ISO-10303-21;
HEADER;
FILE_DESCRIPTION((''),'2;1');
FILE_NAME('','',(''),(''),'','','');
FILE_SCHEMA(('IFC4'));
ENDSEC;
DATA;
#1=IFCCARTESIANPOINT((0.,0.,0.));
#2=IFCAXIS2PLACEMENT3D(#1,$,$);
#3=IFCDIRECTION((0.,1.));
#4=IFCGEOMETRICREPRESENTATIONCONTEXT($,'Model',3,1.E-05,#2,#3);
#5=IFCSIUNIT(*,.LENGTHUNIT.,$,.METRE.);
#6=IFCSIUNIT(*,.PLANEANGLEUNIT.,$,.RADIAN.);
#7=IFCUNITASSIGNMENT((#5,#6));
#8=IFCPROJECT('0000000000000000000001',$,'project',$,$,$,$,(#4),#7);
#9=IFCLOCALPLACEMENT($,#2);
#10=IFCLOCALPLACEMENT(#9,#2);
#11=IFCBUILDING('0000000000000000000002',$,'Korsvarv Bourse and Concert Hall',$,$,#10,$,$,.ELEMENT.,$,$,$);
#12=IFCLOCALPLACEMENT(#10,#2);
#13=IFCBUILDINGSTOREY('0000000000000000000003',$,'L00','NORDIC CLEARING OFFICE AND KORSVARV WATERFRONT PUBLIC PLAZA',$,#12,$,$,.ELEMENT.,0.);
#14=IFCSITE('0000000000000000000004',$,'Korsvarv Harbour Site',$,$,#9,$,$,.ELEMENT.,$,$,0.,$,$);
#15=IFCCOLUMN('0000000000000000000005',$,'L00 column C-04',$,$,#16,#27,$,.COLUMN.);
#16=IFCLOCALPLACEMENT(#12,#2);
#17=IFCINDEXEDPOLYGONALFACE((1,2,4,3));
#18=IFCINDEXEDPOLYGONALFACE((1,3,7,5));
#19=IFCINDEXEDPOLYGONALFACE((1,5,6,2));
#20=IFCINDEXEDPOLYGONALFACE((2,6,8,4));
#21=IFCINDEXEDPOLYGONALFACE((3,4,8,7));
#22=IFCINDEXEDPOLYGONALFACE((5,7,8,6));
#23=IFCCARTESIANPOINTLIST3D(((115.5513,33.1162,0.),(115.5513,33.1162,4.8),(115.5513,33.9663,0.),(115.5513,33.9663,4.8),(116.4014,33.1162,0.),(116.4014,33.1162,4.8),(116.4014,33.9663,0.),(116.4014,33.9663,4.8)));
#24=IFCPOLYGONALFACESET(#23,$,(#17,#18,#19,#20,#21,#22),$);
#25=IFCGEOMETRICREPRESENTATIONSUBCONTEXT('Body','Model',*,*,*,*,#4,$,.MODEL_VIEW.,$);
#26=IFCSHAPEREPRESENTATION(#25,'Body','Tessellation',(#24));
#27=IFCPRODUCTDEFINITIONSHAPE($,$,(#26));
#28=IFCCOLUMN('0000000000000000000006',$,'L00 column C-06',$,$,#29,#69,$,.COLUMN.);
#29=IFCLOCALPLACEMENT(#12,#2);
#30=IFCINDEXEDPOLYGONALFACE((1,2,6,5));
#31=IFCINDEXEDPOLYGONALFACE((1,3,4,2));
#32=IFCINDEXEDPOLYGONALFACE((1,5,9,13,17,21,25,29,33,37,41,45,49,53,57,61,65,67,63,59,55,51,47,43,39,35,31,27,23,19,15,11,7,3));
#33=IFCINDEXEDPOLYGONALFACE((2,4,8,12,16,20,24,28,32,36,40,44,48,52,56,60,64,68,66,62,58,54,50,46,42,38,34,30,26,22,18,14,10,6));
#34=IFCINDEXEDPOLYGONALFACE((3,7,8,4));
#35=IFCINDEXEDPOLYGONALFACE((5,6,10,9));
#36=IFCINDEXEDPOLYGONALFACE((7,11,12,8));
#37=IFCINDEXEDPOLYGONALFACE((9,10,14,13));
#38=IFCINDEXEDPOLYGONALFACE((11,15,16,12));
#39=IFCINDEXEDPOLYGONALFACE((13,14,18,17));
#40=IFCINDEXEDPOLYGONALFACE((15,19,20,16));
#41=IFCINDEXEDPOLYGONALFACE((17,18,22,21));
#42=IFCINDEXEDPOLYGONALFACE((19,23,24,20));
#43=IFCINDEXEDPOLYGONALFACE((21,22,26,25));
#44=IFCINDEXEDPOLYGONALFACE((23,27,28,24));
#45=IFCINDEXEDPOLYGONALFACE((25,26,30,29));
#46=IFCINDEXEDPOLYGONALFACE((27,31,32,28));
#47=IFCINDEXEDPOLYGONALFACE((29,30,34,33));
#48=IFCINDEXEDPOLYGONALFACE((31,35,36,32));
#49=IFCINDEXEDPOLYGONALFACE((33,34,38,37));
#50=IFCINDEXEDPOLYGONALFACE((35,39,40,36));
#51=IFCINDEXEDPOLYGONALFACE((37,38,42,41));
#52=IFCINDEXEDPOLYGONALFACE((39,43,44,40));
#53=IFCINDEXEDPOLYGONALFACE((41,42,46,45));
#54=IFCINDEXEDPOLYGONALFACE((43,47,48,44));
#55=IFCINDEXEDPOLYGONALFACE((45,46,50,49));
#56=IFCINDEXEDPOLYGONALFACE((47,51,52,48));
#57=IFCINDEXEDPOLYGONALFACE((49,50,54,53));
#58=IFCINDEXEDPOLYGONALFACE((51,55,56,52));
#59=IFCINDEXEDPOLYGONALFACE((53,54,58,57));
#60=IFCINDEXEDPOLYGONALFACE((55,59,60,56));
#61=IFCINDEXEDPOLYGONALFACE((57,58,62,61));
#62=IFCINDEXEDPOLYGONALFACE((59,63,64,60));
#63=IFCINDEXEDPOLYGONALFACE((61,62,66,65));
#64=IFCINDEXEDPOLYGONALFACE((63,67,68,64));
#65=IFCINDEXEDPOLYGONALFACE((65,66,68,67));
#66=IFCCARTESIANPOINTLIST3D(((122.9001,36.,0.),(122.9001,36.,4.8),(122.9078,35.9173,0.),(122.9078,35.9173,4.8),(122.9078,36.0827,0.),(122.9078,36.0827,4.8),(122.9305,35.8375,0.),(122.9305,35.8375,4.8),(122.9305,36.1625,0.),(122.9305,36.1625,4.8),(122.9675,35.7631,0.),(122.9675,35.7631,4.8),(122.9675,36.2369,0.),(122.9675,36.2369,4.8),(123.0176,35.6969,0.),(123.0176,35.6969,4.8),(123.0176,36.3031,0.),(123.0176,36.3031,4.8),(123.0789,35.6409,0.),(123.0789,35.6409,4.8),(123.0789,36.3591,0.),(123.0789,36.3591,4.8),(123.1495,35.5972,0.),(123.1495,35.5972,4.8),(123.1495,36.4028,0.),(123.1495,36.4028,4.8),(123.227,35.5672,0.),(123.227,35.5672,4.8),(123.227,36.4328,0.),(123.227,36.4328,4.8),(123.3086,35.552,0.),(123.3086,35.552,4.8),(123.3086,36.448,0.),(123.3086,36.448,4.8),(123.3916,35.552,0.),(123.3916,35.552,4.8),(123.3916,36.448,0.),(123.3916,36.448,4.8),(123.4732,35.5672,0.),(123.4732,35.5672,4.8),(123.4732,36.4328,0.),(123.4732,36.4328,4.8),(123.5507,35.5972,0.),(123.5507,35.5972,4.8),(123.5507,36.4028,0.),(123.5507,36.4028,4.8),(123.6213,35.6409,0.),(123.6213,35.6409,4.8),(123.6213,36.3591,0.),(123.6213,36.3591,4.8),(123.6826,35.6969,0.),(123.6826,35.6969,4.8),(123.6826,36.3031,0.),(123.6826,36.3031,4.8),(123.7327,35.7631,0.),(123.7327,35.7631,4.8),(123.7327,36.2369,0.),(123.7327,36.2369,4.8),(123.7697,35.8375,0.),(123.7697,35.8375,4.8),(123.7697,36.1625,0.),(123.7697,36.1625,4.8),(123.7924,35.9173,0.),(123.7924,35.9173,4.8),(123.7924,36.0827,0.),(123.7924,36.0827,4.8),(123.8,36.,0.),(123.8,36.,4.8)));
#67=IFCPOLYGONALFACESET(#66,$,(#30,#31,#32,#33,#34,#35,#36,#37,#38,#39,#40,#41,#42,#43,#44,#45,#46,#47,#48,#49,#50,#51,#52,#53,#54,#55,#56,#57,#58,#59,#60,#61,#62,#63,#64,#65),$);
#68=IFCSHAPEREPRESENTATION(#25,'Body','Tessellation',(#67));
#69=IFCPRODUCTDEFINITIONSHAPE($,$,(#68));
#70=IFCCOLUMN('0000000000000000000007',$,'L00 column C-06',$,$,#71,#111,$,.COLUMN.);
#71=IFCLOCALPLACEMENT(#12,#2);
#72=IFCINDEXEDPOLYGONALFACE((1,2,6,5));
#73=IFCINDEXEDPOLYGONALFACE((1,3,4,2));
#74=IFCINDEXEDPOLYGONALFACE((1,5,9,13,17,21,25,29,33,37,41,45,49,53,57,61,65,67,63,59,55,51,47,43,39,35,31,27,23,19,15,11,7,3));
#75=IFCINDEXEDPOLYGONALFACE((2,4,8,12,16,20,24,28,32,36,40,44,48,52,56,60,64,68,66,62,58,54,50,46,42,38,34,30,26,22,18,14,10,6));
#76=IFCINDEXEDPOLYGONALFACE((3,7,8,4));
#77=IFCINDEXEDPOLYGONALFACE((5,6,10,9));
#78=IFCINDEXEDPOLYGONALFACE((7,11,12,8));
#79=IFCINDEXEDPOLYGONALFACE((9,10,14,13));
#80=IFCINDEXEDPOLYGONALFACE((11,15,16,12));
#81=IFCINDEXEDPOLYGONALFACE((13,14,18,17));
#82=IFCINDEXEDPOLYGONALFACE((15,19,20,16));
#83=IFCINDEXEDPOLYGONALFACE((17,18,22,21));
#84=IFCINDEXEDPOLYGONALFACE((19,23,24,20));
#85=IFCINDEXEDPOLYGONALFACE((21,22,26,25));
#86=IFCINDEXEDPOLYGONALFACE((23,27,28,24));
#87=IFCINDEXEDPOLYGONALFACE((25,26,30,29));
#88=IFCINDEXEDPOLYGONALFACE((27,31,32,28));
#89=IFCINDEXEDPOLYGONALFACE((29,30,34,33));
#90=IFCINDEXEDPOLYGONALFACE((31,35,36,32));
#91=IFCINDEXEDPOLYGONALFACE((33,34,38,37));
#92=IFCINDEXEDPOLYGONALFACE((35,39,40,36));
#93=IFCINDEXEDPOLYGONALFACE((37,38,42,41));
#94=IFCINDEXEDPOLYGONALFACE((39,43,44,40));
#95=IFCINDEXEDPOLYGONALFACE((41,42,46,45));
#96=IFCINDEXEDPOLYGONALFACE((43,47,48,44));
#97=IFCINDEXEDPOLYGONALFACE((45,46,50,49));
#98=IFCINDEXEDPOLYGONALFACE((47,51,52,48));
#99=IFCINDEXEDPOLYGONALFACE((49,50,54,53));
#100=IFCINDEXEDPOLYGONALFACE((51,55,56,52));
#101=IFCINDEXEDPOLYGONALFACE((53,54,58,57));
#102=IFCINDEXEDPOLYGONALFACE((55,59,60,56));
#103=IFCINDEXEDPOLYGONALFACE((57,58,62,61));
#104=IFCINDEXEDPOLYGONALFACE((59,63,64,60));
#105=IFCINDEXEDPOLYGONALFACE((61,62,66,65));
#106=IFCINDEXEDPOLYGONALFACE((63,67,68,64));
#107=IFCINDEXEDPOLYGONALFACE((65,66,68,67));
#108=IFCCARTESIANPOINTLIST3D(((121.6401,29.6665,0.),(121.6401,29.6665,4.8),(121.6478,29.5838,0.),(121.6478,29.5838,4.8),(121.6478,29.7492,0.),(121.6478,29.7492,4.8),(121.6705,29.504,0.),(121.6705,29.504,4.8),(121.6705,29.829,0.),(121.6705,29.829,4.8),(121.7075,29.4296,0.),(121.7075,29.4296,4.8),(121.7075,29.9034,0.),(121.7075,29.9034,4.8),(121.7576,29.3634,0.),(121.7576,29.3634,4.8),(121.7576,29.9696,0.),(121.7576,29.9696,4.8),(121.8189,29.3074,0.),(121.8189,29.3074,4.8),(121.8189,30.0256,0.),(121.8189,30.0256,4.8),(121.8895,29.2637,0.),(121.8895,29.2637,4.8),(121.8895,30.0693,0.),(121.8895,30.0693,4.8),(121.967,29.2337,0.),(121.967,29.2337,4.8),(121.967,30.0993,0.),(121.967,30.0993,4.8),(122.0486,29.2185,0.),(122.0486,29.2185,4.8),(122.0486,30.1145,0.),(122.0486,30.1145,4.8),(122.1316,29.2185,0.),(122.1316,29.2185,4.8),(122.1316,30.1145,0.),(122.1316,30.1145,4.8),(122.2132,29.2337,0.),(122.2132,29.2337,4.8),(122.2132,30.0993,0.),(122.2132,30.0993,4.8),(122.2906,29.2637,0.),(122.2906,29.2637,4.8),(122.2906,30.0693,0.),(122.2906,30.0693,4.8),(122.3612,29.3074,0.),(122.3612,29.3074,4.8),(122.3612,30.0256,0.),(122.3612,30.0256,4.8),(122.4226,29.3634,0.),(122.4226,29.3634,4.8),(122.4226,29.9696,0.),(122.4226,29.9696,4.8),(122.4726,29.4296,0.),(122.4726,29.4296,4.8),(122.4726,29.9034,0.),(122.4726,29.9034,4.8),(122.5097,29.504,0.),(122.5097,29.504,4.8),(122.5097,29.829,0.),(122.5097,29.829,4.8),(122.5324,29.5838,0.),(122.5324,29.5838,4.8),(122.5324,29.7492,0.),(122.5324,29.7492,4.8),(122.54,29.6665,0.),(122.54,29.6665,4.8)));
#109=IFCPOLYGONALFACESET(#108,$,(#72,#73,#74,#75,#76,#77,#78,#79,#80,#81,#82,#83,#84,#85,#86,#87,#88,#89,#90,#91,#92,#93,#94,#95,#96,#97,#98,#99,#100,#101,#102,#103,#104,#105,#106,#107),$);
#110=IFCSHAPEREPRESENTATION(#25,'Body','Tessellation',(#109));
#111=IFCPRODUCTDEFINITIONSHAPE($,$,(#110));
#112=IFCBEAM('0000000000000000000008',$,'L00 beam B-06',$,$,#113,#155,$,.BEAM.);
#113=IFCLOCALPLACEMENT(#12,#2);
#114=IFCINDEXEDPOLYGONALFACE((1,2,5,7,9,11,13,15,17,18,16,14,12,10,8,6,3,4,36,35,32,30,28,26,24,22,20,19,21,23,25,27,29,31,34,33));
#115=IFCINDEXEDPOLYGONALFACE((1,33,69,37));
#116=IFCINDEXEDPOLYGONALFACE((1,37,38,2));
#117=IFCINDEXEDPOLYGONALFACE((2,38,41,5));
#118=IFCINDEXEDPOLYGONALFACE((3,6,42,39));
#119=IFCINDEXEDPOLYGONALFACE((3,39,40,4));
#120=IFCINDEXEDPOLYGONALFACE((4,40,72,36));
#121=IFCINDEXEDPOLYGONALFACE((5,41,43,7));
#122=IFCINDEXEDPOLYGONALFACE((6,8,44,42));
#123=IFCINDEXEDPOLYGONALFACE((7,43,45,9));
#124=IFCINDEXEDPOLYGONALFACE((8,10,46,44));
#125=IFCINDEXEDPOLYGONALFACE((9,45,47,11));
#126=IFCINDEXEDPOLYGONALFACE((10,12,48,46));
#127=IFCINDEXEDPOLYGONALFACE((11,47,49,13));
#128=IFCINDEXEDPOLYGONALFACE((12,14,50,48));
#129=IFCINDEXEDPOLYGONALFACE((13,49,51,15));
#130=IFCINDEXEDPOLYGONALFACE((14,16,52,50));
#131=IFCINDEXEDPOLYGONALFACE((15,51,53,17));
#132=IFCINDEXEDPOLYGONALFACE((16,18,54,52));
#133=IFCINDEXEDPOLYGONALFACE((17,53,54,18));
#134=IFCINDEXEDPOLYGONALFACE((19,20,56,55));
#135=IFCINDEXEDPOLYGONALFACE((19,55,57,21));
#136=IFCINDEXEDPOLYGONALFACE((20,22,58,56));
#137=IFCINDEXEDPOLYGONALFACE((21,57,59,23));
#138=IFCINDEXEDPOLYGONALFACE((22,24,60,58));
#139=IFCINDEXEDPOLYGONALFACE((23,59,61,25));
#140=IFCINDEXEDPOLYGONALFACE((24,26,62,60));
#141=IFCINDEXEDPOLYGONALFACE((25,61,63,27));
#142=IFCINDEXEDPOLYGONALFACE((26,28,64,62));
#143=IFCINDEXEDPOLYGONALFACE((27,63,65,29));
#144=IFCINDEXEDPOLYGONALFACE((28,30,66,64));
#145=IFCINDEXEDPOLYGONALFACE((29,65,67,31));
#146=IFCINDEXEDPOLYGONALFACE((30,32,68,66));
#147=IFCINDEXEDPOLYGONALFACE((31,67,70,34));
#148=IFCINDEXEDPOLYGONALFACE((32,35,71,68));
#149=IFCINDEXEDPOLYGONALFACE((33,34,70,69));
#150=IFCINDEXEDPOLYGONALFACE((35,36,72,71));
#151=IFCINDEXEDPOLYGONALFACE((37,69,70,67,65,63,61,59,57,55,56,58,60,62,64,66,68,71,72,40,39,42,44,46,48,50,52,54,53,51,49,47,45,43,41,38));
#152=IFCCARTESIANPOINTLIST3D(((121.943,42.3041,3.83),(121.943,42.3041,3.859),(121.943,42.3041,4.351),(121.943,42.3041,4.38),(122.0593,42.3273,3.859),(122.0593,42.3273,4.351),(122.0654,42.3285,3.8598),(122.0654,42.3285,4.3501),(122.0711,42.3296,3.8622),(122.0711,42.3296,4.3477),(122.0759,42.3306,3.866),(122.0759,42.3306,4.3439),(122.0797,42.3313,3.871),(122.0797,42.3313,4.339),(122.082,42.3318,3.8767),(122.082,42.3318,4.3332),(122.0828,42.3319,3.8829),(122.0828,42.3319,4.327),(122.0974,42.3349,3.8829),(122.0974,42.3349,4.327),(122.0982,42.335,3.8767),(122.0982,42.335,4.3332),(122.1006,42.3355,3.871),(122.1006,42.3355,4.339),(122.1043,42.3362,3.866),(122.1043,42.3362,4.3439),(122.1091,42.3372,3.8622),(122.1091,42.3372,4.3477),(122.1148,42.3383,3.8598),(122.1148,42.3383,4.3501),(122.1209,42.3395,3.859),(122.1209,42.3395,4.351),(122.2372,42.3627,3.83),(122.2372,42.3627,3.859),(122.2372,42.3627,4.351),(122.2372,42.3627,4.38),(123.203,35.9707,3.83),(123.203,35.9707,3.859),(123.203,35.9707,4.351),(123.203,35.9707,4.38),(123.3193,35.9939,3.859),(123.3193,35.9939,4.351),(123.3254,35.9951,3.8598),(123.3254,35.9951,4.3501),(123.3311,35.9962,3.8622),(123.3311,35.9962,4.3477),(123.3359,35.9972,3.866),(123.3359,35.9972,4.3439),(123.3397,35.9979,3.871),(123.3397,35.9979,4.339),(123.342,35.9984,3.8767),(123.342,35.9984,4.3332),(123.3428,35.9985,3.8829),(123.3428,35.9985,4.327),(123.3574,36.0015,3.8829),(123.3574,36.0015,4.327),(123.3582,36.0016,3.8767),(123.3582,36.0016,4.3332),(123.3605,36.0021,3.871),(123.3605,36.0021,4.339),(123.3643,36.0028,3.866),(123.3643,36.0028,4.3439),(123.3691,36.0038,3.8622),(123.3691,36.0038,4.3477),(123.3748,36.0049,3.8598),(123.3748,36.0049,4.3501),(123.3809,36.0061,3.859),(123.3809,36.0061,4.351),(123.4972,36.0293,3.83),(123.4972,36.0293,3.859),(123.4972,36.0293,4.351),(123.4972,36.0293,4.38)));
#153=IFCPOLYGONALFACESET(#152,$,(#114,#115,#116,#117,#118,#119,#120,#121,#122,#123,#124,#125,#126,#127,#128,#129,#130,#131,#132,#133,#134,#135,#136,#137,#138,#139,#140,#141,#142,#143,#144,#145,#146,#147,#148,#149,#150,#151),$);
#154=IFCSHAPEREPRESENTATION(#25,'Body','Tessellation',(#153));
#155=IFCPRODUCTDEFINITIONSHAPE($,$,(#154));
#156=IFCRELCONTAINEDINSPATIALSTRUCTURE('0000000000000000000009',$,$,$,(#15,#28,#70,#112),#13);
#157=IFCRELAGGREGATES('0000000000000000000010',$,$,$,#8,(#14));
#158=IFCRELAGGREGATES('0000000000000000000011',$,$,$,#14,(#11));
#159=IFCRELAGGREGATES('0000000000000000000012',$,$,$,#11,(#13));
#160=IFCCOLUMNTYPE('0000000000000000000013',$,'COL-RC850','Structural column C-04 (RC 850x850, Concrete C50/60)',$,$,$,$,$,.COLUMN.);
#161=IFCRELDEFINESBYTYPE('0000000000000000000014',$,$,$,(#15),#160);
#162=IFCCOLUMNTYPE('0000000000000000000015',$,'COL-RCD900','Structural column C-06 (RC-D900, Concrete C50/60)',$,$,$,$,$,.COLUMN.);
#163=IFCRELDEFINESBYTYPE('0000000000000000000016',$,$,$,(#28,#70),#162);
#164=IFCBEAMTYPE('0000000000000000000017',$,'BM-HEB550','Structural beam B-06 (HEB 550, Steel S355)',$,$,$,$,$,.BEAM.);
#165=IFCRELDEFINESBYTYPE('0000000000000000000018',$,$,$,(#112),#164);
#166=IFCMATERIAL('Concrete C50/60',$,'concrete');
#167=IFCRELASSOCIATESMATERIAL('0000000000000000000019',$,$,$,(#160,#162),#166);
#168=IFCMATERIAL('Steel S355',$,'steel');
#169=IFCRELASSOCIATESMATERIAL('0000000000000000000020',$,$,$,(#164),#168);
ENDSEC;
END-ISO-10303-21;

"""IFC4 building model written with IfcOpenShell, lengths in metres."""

from ifc_helpers import new_model, si_unit, direction, frame, origin, origin_2d, place, context, subcontext, project, spatial, rectangle, circle, i_section, extrude, source, transform, mapped, material, material_profile, profile_set, type_object, element, save


model = new_model("IFC4")

# Units and contexts
model_context = context("Model", 3, precision=1e-05, world=origin(), true_north=direction((0.0, 1.0)))
body_context = subcontext(model_context, "Body", "Model", "MODEL_VIEW")
ifc_project = project(units=[si_unit("LENGTHUNIT", "METRE"), si_unit("PLANEANGLEUNIT", "RADIAN")], contexts=[model_context])

# Site, building, storey
site_placement = place(None, origin())
site = spatial("IfcSite", under=ifc_project, at=site_placement, Name="Korsvarv Harbour Site", CompositionType="ELEMENT", RefElevation=0.0)
building_placement = place(site_placement, origin())
building = spatial("IfcBuilding", under=site, at=building_placement, Name="Korsvarv Bourse and Concert Hall", CompositionType="ELEMENT")
storey_placement = place(building_placement, origin())
storey = spatial("IfcBuildingStorey", under=building, at=storey_placement, Name="L00", Description="NORDIC CLEARING OFFICE AND KORSVARV WATERFRONT PUBLIC PLAZA", CompositionType="ELEMENT", Elevation=0.0)

# Columns
ifc_material_1 = material(Name="Concrete C50/60", Category="concrete")
ifc_material_profile_1 = material_profile(ifc_material_1, rectangle(XDim=0.8501, YDim=0.8501, at=origin_2d()), Name="RC 850x850")
ifc_profile_set_1 = profile_set([ifc_material_profile_1], Name="Concrete C50/60")
column_type_1 = type_object("IfcColumnType", Name="COL-RC850", Description="Structural column C-04 (RC 850x850, Concrete C50/60)", PredefinedType="COLUMN", material=ifc_profile_set_1)
shared_shape_1 = source(origin(), body_context, "Body", "SweptSolid", [
    extrude(rectangle(XDim=0.8501, YDim=0.8501, at=origin_2d()), origin(), (0.0, 0.0, 1.0), 4.8),
])
column_placement = place(storey_placement, frame((115.9763, 33.5413, 0.0), z_axis=(0.0, 0.0, 1.0), x_axis=(1.0, 0.0, 0.0)))
element("IfcColumn", 1, at=column_placement, inside=storey, type_object=column_type_1, Name="L00 column C-04", PredefinedType="COLUMN", context=body_context, shape_type="MappedRepresentation", body=[
    mapped(shared_shape_1, transform((0.0, 0.0, 0.0), scale=1.0)),
])
ifc_material_profile_2 = material_profile(ifc_material_1, circle(Radius=0.45, at=origin_2d()), Name="RC-D900")
ifc_profile_set_2 = profile_set([ifc_material_profile_2], Name="Concrete C50/60")
column_type_2 = type_object("IfcColumnType", Name="COL-RCD900", Description="Structural column C-06 (RC-D900, Concrete C50/60)", PredefinedType="COLUMN", material=ifc_profile_set_2)
shared_shape_2 = source(origin(), body_context, "Body", "SweptSolid", [
    extrude(circle(Radius=0.45, at=origin_2d()), origin(), (0.0, 0.0, 1.0), 4.8),
])
for number, where, z_axis, x_axis, name in (
    (2, (123.3501, 36.0, 0.0), (0.0, 0.0, 1.0), (1.0, 0.0, 0.0), "L00 column C-06"),
    (3, (122.0901, 29.6665, 0.0), (0.0, 0.0, 1.0), (1.0, 0.0, 0.0), "L00 column C-06"),
):
    element("IfcColumn", number, at=place(storey_placement, frame(where, z_axis=z_axis, x_axis=x_axis)), inside=storey, type_object=column_type_2, Name=name, PredefinedType="COLUMN", context=body_context, shape_type="MappedRepresentation", body=[
        mapped(shared_shape_2, transform((0.0, 0.0, 0.0), scale=1.0)),
    ])

# Beam
ifc_material_2 = material(Name="Steel S355", Category="steel")
ifc_material_profile_3 = material_profile(ifc_material_2, i_section(OverallWidth=0.3, OverallDepth=0.55, WebThickness=0.0149, FlangeThickness=0.0291, FilletRadius=0.0239, at=origin_2d()), Name="HEB 550")
ifc_profile_set_3 = profile_set([ifc_material_profile_3], Name="Steel S355")
beam_type_1 = type_object("IfcBeamType", Name="BM-HEB550", Description="Structural beam B-06 (HEB 550, Steel S355)", PredefinedType="BEAM", material=ifc_profile_set_3)
shared_shape_3 = source(origin(), body_context, "Body", "SweptSolid", [
    extrude(i_section(OverallWidth=0.3, OverallDepth=0.55, WebThickness=0.0149, FlangeThickness=0.0291, FilletRadius=0.0239, at=origin_2d()), origin(), (0.0, 0.0, 1.0), 6.4575),
])
for number, where, z_axis, x_axis, name in (
    (4, (123.3501, 36.0, 4.105), (-0.19512, 0.980779, 0.0), (-0.980779, -0.19512, 0.0), "L00 beam B-06"),
):
    element("IfcBeam", number, at=place(storey_placement, frame(where, z_axis=z_axis, x_axis=x_axis)), inside=storey, type_object=beam_type_1, Name=name, PredefinedType="BEAM", context=body_context, shape_type="MappedRepresentation", body=[
        mapped(shared_shape_3, transform((0.0, 0.0, 0.0), scale=1.0)),
    ])

save(model, "model.ifc")
